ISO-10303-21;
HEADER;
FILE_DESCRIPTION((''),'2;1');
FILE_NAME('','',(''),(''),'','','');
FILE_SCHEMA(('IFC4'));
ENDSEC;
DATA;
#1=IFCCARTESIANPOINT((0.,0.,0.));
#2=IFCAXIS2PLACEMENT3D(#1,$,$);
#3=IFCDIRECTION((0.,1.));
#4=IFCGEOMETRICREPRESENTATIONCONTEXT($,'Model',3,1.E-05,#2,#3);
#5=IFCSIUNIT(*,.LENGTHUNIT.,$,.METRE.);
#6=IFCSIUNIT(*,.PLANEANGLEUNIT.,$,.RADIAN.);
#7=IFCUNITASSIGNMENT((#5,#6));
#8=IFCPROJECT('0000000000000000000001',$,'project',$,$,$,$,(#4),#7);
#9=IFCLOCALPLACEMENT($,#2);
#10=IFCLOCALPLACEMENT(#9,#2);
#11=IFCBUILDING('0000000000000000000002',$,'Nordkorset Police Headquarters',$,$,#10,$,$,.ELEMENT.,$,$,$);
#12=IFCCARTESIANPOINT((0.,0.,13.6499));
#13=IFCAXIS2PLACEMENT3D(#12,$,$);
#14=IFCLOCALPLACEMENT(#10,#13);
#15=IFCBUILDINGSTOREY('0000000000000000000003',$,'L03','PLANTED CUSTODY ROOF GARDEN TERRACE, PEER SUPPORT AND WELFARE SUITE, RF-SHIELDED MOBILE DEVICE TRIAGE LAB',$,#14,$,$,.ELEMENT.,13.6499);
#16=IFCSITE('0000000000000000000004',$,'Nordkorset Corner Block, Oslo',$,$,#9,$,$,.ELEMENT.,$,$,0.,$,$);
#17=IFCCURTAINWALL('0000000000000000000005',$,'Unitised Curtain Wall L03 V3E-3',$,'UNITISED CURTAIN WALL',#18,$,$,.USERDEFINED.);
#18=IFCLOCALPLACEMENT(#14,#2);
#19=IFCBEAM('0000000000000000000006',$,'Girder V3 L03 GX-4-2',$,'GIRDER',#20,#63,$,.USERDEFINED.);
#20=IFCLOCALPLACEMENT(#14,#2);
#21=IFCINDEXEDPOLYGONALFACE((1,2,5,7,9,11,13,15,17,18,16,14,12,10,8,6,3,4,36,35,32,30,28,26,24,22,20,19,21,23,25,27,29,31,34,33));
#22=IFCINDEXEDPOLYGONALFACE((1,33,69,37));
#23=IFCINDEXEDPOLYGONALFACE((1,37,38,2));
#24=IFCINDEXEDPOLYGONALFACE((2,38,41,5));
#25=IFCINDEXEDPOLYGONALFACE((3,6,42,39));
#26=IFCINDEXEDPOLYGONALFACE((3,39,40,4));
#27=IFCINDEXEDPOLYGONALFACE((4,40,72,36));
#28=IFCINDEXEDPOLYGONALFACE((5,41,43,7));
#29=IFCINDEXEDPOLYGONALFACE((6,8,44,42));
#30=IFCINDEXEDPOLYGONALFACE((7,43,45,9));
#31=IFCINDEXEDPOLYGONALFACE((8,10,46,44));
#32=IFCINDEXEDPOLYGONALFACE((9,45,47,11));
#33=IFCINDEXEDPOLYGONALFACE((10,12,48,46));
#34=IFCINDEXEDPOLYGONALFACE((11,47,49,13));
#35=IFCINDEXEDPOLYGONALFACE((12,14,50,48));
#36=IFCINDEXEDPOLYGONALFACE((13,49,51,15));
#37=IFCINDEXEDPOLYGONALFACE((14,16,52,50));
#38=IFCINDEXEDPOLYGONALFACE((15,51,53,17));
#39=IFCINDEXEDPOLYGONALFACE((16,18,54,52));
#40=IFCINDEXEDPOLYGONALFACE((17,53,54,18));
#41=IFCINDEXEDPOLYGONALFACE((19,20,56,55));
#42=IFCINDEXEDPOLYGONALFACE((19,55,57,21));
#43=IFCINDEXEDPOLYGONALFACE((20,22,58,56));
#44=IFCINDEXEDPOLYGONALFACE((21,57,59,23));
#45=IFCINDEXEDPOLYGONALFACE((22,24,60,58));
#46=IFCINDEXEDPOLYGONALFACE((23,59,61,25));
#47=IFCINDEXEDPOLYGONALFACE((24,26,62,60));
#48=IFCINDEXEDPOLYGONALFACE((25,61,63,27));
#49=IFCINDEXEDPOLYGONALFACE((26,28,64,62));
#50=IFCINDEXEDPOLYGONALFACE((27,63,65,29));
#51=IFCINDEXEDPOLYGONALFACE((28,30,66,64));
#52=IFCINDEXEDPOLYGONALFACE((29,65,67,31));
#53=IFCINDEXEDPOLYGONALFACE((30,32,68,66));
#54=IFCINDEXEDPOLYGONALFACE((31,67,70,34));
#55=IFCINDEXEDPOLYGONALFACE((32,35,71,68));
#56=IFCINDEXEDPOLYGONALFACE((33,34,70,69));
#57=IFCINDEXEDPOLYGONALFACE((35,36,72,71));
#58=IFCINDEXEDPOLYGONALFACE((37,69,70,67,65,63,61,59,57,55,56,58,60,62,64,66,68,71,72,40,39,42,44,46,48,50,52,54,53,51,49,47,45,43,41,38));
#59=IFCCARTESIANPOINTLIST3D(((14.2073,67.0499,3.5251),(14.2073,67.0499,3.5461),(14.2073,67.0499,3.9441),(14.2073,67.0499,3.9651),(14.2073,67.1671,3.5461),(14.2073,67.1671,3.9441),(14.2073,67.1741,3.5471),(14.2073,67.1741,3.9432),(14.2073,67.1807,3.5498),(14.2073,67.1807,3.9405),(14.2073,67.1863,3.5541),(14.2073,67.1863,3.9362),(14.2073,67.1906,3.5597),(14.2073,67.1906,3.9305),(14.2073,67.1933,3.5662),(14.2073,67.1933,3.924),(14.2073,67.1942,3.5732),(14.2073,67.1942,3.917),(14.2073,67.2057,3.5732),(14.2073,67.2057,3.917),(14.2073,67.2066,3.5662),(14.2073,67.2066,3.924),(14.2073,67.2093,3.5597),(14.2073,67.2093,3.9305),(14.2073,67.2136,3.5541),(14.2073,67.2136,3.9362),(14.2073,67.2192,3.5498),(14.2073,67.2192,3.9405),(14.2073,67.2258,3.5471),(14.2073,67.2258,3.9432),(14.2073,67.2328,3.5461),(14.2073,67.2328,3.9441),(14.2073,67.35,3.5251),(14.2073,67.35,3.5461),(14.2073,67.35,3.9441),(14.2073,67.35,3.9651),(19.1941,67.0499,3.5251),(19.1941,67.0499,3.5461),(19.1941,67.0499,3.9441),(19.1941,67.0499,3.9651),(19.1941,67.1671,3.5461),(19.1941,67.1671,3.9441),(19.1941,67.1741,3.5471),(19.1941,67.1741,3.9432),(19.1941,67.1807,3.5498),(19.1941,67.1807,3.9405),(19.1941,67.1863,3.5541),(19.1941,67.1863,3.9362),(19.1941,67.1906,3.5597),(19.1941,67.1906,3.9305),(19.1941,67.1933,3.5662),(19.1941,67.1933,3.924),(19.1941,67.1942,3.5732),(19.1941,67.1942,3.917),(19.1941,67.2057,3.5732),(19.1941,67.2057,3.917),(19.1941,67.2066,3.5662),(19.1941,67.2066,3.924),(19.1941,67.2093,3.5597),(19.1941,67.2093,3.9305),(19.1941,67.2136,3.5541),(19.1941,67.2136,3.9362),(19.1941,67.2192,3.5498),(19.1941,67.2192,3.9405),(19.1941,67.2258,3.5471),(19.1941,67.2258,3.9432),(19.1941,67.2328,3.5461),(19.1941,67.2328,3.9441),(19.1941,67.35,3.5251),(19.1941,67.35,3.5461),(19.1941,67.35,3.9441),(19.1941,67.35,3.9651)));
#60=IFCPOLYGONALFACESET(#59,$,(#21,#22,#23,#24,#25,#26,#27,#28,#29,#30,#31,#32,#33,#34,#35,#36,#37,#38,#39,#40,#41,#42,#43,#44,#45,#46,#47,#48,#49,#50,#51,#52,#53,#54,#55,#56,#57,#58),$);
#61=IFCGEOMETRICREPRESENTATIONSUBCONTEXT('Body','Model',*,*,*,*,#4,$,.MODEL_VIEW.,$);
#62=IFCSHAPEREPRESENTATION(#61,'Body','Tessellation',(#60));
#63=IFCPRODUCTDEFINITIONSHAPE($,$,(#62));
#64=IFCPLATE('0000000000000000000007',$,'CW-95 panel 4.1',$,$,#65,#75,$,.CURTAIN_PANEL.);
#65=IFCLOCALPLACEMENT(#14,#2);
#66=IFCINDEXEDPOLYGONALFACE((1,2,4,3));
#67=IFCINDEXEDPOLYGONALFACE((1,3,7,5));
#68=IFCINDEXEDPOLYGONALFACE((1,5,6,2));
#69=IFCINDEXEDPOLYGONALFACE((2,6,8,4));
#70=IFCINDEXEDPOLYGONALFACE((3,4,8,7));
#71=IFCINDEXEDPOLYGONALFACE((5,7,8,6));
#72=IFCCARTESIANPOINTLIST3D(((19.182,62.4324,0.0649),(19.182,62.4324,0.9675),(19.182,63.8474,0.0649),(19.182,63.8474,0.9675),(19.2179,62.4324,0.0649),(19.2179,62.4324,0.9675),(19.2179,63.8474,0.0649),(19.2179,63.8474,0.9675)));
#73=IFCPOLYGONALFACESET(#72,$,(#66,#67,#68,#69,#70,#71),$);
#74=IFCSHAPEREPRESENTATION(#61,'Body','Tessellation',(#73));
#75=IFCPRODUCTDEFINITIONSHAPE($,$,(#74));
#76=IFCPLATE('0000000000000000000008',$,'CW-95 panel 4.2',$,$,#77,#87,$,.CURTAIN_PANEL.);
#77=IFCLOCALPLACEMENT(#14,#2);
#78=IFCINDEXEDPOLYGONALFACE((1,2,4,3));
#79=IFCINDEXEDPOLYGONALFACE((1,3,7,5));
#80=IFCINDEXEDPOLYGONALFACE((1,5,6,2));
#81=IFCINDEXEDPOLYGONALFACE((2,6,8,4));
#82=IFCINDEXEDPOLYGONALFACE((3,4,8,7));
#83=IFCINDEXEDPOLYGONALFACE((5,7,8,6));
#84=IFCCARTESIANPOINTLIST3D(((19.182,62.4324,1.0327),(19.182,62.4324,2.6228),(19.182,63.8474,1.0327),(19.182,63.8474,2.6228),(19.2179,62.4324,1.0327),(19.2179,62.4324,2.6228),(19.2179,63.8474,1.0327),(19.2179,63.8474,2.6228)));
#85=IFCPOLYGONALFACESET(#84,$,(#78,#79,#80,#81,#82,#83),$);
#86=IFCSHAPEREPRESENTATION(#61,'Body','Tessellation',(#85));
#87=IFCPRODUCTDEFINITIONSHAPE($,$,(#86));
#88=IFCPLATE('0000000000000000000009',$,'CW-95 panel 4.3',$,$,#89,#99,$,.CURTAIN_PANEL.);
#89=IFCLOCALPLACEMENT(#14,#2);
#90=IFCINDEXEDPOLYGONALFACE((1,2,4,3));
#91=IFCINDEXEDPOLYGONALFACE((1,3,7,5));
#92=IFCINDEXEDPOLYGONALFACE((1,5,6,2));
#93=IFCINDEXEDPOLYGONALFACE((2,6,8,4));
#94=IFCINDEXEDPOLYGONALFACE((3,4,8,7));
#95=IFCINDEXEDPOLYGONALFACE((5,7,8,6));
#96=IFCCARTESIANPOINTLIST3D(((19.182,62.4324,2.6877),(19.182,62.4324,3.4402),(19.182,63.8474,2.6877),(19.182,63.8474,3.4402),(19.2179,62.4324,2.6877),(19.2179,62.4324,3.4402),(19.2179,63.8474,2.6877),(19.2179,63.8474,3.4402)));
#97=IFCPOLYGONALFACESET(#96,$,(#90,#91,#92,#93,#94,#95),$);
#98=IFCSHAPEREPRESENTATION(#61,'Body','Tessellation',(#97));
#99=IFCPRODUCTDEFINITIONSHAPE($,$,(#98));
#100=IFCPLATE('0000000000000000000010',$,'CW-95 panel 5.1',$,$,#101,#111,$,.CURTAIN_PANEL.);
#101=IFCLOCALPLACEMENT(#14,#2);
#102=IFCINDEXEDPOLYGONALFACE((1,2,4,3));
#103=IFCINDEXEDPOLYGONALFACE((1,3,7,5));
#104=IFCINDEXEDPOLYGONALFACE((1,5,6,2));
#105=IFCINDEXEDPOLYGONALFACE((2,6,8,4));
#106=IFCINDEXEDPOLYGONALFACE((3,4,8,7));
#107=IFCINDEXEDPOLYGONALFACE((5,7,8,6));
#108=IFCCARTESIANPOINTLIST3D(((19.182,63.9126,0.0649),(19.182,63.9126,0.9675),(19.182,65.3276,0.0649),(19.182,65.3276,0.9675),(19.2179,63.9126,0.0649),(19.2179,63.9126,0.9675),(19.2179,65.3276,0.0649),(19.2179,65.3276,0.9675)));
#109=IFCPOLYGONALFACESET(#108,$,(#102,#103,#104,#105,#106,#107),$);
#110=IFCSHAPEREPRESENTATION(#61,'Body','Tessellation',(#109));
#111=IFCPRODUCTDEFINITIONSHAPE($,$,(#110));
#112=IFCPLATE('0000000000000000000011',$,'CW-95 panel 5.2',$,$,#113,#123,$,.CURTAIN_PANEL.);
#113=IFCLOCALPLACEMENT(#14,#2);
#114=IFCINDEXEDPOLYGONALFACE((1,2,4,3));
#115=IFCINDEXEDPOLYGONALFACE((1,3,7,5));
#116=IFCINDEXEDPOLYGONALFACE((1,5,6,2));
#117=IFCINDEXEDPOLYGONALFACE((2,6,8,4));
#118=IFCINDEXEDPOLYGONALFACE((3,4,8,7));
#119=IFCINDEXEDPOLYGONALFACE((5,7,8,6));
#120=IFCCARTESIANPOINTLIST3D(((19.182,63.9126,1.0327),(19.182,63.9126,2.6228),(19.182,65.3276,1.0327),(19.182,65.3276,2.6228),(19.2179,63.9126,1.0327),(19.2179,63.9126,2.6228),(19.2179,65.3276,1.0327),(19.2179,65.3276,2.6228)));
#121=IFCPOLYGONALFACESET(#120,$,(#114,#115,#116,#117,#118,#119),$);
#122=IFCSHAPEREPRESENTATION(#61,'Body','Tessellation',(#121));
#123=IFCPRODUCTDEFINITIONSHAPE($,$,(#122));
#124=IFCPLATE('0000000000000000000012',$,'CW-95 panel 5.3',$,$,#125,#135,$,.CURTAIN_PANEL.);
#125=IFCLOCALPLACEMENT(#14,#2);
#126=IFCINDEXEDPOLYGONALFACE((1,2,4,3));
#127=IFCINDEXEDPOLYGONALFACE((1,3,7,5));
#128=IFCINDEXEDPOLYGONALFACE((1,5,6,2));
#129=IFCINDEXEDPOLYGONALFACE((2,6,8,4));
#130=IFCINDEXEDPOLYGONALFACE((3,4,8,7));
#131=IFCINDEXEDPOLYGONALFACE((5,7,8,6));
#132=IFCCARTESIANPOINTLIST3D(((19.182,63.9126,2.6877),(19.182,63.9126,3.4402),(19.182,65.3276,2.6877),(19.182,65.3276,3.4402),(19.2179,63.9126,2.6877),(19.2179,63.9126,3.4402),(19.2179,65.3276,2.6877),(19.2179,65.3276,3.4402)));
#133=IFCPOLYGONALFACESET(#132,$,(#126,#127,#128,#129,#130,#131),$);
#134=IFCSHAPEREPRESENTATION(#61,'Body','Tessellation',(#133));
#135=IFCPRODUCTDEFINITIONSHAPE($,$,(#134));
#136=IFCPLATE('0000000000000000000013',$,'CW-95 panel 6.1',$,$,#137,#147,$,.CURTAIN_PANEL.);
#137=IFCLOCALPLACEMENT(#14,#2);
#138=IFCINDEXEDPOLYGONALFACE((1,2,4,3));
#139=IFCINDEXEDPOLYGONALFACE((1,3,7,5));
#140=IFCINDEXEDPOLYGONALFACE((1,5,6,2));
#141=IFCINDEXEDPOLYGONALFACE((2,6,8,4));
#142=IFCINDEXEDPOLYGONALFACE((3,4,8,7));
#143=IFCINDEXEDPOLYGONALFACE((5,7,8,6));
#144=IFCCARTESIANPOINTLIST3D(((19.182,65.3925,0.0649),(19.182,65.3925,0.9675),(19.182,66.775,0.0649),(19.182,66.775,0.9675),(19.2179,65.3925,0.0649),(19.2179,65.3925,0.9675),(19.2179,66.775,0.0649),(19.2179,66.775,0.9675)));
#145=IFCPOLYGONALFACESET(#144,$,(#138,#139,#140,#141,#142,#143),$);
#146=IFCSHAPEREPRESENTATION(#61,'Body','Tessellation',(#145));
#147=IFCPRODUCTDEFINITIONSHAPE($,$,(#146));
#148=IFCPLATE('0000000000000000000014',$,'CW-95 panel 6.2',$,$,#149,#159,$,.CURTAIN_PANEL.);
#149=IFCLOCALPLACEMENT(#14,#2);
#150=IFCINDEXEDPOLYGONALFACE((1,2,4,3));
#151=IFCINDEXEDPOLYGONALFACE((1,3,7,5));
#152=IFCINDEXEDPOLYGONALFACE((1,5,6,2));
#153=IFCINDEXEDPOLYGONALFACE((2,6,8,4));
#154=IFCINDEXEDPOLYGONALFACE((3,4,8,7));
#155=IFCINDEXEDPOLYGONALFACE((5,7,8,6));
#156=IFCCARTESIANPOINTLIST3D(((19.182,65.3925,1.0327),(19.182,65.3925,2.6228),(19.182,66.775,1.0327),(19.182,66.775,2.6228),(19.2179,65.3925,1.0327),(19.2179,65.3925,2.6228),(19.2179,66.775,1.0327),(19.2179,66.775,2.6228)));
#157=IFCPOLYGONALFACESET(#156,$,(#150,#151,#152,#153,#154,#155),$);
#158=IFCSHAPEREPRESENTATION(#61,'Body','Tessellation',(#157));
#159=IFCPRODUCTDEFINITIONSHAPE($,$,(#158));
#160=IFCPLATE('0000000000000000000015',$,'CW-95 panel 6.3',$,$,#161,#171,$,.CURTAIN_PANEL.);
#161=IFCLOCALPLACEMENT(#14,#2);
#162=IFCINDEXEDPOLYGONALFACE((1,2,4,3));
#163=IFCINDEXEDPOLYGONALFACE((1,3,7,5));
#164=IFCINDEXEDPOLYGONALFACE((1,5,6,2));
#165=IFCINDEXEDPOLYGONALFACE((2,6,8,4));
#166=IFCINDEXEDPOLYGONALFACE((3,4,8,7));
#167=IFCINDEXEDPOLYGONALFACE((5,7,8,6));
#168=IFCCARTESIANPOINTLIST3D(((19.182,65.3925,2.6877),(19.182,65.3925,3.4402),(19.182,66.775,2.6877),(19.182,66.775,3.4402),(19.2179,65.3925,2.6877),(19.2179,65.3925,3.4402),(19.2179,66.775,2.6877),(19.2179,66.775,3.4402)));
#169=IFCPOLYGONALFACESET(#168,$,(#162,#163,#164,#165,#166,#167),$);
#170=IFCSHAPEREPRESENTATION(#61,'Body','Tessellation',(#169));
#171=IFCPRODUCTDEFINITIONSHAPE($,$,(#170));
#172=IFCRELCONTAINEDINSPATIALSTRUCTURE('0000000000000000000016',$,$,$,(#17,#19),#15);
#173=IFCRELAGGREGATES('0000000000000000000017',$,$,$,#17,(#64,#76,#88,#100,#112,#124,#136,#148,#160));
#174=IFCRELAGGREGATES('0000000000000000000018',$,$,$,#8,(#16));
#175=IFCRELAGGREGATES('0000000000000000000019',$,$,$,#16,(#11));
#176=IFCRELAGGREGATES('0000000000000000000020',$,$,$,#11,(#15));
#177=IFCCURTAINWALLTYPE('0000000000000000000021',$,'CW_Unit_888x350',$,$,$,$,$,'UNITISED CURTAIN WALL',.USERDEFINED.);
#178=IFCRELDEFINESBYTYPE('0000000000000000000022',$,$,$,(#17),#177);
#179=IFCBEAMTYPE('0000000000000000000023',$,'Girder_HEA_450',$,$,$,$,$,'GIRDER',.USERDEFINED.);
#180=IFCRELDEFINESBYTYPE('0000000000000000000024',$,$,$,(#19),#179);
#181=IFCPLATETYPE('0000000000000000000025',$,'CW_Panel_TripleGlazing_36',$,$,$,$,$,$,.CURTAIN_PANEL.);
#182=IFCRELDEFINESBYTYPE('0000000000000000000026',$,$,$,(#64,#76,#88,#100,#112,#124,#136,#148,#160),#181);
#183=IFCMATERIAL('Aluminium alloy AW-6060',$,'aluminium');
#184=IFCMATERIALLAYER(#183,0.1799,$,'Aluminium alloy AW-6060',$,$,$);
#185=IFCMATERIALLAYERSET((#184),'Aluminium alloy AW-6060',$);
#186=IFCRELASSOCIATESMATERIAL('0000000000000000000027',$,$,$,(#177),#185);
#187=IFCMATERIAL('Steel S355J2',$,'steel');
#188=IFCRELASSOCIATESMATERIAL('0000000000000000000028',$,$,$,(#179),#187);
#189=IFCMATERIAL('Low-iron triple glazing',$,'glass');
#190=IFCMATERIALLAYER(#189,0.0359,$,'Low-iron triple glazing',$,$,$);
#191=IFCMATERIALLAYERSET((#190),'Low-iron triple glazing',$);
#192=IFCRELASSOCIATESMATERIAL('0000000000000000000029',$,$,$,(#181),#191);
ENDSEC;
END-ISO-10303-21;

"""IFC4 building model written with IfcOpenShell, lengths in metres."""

from ifc_helpers import new_model, si_unit, direction, frame, origin, origin_2d, place, context, subcontext, project, spatial, rectangle, i_section, extrude, material, layer, layer_set, material_profile, profile_set, type_object, element, aggregate, save


model = new_model("IFC4")

# Units and contexts
model_context = context("Model", 3, precision=1e-05, world=origin(), true_north=direction((0.0, 1.0)))
body_context = subcontext(model_context, "Body", "Model", "MODEL_VIEW")
ifc_project = project(units=[si_unit("LENGTHUNIT", "METRE"), si_unit("PLANEANGLEUNIT", "RADIAN")], contexts=[model_context])

# Site, building, storey
site_placement = place(None, origin())
site = spatial("IfcSite", under=ifc_project, at=site_placement, Name="Nordkorset Corner Block, Oslo", CompositionType="ELEMENT", RefElevation=0.0)
building_placement = place(site_placement, origin())
building = spatial("IfcBuilding", under=site, at=building_placement, Name="Nordkorset Police Headquarters", CompositionType="ELEMENT")
storey_placement = place(building_placement, frame((0.0, 0.0, 13.6499)))
storey = spatial("IfcBuildingStorey", under=building, at=storey_placement, Name="L03", Description="PLANTED CUSTODY ROOF GARDEN TERRACE, PEER SUPPORT AND WELFARE SUITE, RF-SHIELDED MOBILE DEVICE TRIAGE LAB", CompositionType="ELEMENT", Elevation=13.6499)

# Curtain wall
ifc_material_1 = material(Name="Aluminium alloy AW-6060", Category="aluminium")
ifc_layer_1 = layer(ifc_material_1, 0.1799, Name="Aluminium alloy AW-6060")
ifc_layer_set_1 = layer_set([ifc_layer_1], Name="Aluminium alloy AW-6060")
curtain_wall_type = type_object("IfcCurtainWallType", Name="CW_Unit_888x350", ElementType="UNITISED CURTAIN WALL", PredefinedType="USERDEFINED", material=ifc_layer_set_1)
curtain_wall_placement = place(storey_placement, origin())
curtain_wall = element("IfcCurtainWall", 1, at=curtain_wall_placement, inside=storey, type_object=curtain_wall_type, Name="Unitised Curtain Wall L03 V3E-3", ObjectType="UNITISED CURTAIN WALL", PredefinedType="USERDEFINED")

# Beam
ifc_material_2 = material(Name="Steel S355J2", Category="steel")
ifc_material_profile_1 = material_profile(ifc_material_2, i_section(OverallWidth=0.3, OverallDepth=0.4399, WebThickness=0.0115, FlangeThickness=0.021, FilletRadius=0.0271, at=origin_2d()), Name="HEA 450")
ifc_profile_set_1 = profile_set([ifc_material_profile_1], Name="Steel S355J2")
beam_type = type_object("IfcBeamType", Name="Girder_HEA_450", ElementType="GIRDER", PredefinedType="USERDEFINED", material=ifc_profile_set_1)
beam_placement = place(storey_placement, frame((14.2073, 67.2, 3.7451), z_axis=(1.0, 0.0, 0.0), x_axis=(0.0, 1.0, 0.0)))
element("IfcBeam", 2, at=beam_placement, inside=storey, type_object=beam_type, Name="Girder V3 L03 GX-4-2", ObjectType="GIRDER", PredefinedType="USERDEFINED", context=body_context, shape_type="SweptSolid", body=[
    extrude(i_section(OverallWidth=0.3, OverallDepth=0.4399, WebThickness=0.0115, FlangeThickness=0.021, FilletRadius=0.0271, at=origin_2d()), origin(), (0.0, 0.0, 1.0), 4.9868),
])

# Plates
ifc_material_3 = material(Name="Low-iron triple glazing", Category="glass")
ifc_layer_2 = layer(ifc_material_3, 0.0359, Name="Low-iron triple glazing")
ifc_layer_set_2 = layer_set([ifc_layer_2], Name="Low-iron triple glazing")
plate_type = type_object("IfcPlateType", Name="CW_Panel_TripleGlazing_36", PredefinedType="CURTAIN_PANEL", material=ifc_layer_set_2)
plate_1_placement = place(storey_placement, frame((19.2, 63.1399, 0.0649), z_axis=(0.0, 0.0, 1.0), x_axis=(0.0, 1.0, 0.0)))
plate_1 = element("IfcPlate", 3, at=plate_1_placement, type_object=plate_type, Name="CW-95 panel 4.1", PredefinedType="CURTAIN_PANEL", context=body_context, shape_type="SweptSolid", body=[
    extrude(rectangle(XDim=1.415, YDim=0.0359, at=origin_2d()), origin(), (0.0, 0.0, 1.0), 0.9026),
])
plate_2_placement = place(storey_placement, frame((19.2, 63.1399, 1.0327), z_axis=(0.0, 0.0, 1.0), x_axis=(0.0, 1.0, 0.0)))
plate_2 = element("IfcPlate", 4, at=plate_2_placement, type_object=plate_type, Name="CW-95 panel 4.2", PredefinedType="CURTAIN_PANEL", context=body_context, shape_type="SweptSolid", body=[
    extrude(rectangle(XDim=1.415, YDim=0.0359, at=origin_2d()), origin(), (0.0, 0.0, 1.0), 1.5901),
])
plate_3_placement = place(storey_placement, frame((19.2, 63.1399, 2.6877), z_axis=(0.0, 0.0, 1.0), x_axis=(0.0, 1.0, 0.0)))
plate_3 = element("IfcPlate", 5, at=plate_3_placement, type_object=plate_type, Name="CW-95 panel 4.3", PredefinedType="CURTAIN_PANEL", context=body_context, shape_type="SweptSolid", body=[
    extrude(rectangle(XDim=1.415, YDim=0.0359, at=origin_2d()), origin(), (0.0, 0.0, 1.0), 0.7524),
])
plate_4_placement = place(storey_placement, frame((19.2, 64.6201, 0.0649), z_axis=(0.0, 0.0, 1.0), x_axis=(0.0, 1.0, 0.0)))
plate_4 = element("IfcPlate", 6, at=plate_4_placement, type_object=plate_type, Name="CW-95 panel 5.1", PredefinedType="CURTAIN_PANEL", context=body_context, shape_type="SweptSolid", body=[
    extrude(rectangle(XDim=1.415, YDim=0.0359, at=origin_2d()), origin(), (0.0, 0.0, 1.0), 0.9026),
])
plate_5_placement = place(storey_placement, frame((19.2, 64.6201, 1.0327), z_axis=(0.0, 0.0, 1.0), x_axis=(0.0, 1.0, 0.0)))
plate_5 = element("IfcPlate", 7, at=plate_5_placement, type_object=plate_type, Name="CW-95 panel 5.2", PredefinedType="CURTAIN_PANEL", context=body_context, shape_type="SweptSolid", body=[
    extrude(rectangle(XDim=1.415, YDim=0.0359, at=origin_2d()), origin(), (0.0, 0.0, 1.0), 1.5901),
])
plate_6_placement = place(storey_placement, frame((19.2, 64.6201, 2.6877), z_axis=(0.0, 0.0, 1.0), x_axis=(0.0, 1.0, 0.0)))
plate_6 = element("IfcPlate", 8, at=plate_6_placement, type_object=plate_type, Name="CW-95 panel 5.3", PredefinedType="CURTAIN_PANEL", context=body_context, shape_type="SweptSolid", body=[
    extrude(rectangle(XDim=1.415, YDim=0.0359, at=origin_2d()), origin(), (0.0, 0.0, 1.0), 0.7524),
])
plate_7_placement = place(storey_placement, frame((19.2, 66.0837, 0.0649), z_axis=(0.0, 0.0, 1.0), x_axis=(0.0, 1.0, 0.0)))
plate_7 = element("IfcPlate", 9, at=plate_7_placement, type_object=plate_type, Name="CW-95 panel 6.1", PredefinedType="CURTAIN_PANEL", context=body_context, shape_type="SweptSolid", body=[
    extrude(rectangle(XDim=1.3826, YDim=0.0359, at=origin_2d()), origin(), (0.0, 0.0, 1.0), 0.9026),
])
plate_8_placement = place(storey_placement, frame((19.2, 66.0837, 1.0327), z_axis=(0.0, 0.0, 1.0), x_axis=(0.0, 1.0, 0.0)))
plate_8 = element("IfcPlate", 10, at=plate_8_placement, type_object=plate_type, Name="CW-95 panel 6.2", PredefinedType="CURTAIN_PANEL", context=body_context, shape_type="SweptSolid", body=[
    extrude(rectangle(XDim=1.3826, YDim=0.0359, at=origin_2d()), origin(), (0.0, 0.0, 1.0), 1.5901),
])
plate_9_placement = place(storey_placement, frame((19.2, 66.0837, 2.6877), z_axis=(0.0, 0.0, 1.0), x_axis=(0.0, 1.0, 0.0)))
plate_9 = element("IfcPlate", 11, at=plate_9_placement, type_object=plate_type, Name="CW-95 panel 6.3", PredefinedType="CURTAIN_PANEL", context=body_context, shape_type="SweptSolid", body=[
    extrude(rectangle(XDim=1.3826, YDim=0.0359, at=origin_2d()), origin(), (0.0, 0.0, 1.0), 0.7524),
])
aggregate(curtain_wall, [plate_1, plate_2, plate_3, plate_4, plate_5, plate_6, plate_7, plate_8, plate_9])

save(model, "model.ifc")
